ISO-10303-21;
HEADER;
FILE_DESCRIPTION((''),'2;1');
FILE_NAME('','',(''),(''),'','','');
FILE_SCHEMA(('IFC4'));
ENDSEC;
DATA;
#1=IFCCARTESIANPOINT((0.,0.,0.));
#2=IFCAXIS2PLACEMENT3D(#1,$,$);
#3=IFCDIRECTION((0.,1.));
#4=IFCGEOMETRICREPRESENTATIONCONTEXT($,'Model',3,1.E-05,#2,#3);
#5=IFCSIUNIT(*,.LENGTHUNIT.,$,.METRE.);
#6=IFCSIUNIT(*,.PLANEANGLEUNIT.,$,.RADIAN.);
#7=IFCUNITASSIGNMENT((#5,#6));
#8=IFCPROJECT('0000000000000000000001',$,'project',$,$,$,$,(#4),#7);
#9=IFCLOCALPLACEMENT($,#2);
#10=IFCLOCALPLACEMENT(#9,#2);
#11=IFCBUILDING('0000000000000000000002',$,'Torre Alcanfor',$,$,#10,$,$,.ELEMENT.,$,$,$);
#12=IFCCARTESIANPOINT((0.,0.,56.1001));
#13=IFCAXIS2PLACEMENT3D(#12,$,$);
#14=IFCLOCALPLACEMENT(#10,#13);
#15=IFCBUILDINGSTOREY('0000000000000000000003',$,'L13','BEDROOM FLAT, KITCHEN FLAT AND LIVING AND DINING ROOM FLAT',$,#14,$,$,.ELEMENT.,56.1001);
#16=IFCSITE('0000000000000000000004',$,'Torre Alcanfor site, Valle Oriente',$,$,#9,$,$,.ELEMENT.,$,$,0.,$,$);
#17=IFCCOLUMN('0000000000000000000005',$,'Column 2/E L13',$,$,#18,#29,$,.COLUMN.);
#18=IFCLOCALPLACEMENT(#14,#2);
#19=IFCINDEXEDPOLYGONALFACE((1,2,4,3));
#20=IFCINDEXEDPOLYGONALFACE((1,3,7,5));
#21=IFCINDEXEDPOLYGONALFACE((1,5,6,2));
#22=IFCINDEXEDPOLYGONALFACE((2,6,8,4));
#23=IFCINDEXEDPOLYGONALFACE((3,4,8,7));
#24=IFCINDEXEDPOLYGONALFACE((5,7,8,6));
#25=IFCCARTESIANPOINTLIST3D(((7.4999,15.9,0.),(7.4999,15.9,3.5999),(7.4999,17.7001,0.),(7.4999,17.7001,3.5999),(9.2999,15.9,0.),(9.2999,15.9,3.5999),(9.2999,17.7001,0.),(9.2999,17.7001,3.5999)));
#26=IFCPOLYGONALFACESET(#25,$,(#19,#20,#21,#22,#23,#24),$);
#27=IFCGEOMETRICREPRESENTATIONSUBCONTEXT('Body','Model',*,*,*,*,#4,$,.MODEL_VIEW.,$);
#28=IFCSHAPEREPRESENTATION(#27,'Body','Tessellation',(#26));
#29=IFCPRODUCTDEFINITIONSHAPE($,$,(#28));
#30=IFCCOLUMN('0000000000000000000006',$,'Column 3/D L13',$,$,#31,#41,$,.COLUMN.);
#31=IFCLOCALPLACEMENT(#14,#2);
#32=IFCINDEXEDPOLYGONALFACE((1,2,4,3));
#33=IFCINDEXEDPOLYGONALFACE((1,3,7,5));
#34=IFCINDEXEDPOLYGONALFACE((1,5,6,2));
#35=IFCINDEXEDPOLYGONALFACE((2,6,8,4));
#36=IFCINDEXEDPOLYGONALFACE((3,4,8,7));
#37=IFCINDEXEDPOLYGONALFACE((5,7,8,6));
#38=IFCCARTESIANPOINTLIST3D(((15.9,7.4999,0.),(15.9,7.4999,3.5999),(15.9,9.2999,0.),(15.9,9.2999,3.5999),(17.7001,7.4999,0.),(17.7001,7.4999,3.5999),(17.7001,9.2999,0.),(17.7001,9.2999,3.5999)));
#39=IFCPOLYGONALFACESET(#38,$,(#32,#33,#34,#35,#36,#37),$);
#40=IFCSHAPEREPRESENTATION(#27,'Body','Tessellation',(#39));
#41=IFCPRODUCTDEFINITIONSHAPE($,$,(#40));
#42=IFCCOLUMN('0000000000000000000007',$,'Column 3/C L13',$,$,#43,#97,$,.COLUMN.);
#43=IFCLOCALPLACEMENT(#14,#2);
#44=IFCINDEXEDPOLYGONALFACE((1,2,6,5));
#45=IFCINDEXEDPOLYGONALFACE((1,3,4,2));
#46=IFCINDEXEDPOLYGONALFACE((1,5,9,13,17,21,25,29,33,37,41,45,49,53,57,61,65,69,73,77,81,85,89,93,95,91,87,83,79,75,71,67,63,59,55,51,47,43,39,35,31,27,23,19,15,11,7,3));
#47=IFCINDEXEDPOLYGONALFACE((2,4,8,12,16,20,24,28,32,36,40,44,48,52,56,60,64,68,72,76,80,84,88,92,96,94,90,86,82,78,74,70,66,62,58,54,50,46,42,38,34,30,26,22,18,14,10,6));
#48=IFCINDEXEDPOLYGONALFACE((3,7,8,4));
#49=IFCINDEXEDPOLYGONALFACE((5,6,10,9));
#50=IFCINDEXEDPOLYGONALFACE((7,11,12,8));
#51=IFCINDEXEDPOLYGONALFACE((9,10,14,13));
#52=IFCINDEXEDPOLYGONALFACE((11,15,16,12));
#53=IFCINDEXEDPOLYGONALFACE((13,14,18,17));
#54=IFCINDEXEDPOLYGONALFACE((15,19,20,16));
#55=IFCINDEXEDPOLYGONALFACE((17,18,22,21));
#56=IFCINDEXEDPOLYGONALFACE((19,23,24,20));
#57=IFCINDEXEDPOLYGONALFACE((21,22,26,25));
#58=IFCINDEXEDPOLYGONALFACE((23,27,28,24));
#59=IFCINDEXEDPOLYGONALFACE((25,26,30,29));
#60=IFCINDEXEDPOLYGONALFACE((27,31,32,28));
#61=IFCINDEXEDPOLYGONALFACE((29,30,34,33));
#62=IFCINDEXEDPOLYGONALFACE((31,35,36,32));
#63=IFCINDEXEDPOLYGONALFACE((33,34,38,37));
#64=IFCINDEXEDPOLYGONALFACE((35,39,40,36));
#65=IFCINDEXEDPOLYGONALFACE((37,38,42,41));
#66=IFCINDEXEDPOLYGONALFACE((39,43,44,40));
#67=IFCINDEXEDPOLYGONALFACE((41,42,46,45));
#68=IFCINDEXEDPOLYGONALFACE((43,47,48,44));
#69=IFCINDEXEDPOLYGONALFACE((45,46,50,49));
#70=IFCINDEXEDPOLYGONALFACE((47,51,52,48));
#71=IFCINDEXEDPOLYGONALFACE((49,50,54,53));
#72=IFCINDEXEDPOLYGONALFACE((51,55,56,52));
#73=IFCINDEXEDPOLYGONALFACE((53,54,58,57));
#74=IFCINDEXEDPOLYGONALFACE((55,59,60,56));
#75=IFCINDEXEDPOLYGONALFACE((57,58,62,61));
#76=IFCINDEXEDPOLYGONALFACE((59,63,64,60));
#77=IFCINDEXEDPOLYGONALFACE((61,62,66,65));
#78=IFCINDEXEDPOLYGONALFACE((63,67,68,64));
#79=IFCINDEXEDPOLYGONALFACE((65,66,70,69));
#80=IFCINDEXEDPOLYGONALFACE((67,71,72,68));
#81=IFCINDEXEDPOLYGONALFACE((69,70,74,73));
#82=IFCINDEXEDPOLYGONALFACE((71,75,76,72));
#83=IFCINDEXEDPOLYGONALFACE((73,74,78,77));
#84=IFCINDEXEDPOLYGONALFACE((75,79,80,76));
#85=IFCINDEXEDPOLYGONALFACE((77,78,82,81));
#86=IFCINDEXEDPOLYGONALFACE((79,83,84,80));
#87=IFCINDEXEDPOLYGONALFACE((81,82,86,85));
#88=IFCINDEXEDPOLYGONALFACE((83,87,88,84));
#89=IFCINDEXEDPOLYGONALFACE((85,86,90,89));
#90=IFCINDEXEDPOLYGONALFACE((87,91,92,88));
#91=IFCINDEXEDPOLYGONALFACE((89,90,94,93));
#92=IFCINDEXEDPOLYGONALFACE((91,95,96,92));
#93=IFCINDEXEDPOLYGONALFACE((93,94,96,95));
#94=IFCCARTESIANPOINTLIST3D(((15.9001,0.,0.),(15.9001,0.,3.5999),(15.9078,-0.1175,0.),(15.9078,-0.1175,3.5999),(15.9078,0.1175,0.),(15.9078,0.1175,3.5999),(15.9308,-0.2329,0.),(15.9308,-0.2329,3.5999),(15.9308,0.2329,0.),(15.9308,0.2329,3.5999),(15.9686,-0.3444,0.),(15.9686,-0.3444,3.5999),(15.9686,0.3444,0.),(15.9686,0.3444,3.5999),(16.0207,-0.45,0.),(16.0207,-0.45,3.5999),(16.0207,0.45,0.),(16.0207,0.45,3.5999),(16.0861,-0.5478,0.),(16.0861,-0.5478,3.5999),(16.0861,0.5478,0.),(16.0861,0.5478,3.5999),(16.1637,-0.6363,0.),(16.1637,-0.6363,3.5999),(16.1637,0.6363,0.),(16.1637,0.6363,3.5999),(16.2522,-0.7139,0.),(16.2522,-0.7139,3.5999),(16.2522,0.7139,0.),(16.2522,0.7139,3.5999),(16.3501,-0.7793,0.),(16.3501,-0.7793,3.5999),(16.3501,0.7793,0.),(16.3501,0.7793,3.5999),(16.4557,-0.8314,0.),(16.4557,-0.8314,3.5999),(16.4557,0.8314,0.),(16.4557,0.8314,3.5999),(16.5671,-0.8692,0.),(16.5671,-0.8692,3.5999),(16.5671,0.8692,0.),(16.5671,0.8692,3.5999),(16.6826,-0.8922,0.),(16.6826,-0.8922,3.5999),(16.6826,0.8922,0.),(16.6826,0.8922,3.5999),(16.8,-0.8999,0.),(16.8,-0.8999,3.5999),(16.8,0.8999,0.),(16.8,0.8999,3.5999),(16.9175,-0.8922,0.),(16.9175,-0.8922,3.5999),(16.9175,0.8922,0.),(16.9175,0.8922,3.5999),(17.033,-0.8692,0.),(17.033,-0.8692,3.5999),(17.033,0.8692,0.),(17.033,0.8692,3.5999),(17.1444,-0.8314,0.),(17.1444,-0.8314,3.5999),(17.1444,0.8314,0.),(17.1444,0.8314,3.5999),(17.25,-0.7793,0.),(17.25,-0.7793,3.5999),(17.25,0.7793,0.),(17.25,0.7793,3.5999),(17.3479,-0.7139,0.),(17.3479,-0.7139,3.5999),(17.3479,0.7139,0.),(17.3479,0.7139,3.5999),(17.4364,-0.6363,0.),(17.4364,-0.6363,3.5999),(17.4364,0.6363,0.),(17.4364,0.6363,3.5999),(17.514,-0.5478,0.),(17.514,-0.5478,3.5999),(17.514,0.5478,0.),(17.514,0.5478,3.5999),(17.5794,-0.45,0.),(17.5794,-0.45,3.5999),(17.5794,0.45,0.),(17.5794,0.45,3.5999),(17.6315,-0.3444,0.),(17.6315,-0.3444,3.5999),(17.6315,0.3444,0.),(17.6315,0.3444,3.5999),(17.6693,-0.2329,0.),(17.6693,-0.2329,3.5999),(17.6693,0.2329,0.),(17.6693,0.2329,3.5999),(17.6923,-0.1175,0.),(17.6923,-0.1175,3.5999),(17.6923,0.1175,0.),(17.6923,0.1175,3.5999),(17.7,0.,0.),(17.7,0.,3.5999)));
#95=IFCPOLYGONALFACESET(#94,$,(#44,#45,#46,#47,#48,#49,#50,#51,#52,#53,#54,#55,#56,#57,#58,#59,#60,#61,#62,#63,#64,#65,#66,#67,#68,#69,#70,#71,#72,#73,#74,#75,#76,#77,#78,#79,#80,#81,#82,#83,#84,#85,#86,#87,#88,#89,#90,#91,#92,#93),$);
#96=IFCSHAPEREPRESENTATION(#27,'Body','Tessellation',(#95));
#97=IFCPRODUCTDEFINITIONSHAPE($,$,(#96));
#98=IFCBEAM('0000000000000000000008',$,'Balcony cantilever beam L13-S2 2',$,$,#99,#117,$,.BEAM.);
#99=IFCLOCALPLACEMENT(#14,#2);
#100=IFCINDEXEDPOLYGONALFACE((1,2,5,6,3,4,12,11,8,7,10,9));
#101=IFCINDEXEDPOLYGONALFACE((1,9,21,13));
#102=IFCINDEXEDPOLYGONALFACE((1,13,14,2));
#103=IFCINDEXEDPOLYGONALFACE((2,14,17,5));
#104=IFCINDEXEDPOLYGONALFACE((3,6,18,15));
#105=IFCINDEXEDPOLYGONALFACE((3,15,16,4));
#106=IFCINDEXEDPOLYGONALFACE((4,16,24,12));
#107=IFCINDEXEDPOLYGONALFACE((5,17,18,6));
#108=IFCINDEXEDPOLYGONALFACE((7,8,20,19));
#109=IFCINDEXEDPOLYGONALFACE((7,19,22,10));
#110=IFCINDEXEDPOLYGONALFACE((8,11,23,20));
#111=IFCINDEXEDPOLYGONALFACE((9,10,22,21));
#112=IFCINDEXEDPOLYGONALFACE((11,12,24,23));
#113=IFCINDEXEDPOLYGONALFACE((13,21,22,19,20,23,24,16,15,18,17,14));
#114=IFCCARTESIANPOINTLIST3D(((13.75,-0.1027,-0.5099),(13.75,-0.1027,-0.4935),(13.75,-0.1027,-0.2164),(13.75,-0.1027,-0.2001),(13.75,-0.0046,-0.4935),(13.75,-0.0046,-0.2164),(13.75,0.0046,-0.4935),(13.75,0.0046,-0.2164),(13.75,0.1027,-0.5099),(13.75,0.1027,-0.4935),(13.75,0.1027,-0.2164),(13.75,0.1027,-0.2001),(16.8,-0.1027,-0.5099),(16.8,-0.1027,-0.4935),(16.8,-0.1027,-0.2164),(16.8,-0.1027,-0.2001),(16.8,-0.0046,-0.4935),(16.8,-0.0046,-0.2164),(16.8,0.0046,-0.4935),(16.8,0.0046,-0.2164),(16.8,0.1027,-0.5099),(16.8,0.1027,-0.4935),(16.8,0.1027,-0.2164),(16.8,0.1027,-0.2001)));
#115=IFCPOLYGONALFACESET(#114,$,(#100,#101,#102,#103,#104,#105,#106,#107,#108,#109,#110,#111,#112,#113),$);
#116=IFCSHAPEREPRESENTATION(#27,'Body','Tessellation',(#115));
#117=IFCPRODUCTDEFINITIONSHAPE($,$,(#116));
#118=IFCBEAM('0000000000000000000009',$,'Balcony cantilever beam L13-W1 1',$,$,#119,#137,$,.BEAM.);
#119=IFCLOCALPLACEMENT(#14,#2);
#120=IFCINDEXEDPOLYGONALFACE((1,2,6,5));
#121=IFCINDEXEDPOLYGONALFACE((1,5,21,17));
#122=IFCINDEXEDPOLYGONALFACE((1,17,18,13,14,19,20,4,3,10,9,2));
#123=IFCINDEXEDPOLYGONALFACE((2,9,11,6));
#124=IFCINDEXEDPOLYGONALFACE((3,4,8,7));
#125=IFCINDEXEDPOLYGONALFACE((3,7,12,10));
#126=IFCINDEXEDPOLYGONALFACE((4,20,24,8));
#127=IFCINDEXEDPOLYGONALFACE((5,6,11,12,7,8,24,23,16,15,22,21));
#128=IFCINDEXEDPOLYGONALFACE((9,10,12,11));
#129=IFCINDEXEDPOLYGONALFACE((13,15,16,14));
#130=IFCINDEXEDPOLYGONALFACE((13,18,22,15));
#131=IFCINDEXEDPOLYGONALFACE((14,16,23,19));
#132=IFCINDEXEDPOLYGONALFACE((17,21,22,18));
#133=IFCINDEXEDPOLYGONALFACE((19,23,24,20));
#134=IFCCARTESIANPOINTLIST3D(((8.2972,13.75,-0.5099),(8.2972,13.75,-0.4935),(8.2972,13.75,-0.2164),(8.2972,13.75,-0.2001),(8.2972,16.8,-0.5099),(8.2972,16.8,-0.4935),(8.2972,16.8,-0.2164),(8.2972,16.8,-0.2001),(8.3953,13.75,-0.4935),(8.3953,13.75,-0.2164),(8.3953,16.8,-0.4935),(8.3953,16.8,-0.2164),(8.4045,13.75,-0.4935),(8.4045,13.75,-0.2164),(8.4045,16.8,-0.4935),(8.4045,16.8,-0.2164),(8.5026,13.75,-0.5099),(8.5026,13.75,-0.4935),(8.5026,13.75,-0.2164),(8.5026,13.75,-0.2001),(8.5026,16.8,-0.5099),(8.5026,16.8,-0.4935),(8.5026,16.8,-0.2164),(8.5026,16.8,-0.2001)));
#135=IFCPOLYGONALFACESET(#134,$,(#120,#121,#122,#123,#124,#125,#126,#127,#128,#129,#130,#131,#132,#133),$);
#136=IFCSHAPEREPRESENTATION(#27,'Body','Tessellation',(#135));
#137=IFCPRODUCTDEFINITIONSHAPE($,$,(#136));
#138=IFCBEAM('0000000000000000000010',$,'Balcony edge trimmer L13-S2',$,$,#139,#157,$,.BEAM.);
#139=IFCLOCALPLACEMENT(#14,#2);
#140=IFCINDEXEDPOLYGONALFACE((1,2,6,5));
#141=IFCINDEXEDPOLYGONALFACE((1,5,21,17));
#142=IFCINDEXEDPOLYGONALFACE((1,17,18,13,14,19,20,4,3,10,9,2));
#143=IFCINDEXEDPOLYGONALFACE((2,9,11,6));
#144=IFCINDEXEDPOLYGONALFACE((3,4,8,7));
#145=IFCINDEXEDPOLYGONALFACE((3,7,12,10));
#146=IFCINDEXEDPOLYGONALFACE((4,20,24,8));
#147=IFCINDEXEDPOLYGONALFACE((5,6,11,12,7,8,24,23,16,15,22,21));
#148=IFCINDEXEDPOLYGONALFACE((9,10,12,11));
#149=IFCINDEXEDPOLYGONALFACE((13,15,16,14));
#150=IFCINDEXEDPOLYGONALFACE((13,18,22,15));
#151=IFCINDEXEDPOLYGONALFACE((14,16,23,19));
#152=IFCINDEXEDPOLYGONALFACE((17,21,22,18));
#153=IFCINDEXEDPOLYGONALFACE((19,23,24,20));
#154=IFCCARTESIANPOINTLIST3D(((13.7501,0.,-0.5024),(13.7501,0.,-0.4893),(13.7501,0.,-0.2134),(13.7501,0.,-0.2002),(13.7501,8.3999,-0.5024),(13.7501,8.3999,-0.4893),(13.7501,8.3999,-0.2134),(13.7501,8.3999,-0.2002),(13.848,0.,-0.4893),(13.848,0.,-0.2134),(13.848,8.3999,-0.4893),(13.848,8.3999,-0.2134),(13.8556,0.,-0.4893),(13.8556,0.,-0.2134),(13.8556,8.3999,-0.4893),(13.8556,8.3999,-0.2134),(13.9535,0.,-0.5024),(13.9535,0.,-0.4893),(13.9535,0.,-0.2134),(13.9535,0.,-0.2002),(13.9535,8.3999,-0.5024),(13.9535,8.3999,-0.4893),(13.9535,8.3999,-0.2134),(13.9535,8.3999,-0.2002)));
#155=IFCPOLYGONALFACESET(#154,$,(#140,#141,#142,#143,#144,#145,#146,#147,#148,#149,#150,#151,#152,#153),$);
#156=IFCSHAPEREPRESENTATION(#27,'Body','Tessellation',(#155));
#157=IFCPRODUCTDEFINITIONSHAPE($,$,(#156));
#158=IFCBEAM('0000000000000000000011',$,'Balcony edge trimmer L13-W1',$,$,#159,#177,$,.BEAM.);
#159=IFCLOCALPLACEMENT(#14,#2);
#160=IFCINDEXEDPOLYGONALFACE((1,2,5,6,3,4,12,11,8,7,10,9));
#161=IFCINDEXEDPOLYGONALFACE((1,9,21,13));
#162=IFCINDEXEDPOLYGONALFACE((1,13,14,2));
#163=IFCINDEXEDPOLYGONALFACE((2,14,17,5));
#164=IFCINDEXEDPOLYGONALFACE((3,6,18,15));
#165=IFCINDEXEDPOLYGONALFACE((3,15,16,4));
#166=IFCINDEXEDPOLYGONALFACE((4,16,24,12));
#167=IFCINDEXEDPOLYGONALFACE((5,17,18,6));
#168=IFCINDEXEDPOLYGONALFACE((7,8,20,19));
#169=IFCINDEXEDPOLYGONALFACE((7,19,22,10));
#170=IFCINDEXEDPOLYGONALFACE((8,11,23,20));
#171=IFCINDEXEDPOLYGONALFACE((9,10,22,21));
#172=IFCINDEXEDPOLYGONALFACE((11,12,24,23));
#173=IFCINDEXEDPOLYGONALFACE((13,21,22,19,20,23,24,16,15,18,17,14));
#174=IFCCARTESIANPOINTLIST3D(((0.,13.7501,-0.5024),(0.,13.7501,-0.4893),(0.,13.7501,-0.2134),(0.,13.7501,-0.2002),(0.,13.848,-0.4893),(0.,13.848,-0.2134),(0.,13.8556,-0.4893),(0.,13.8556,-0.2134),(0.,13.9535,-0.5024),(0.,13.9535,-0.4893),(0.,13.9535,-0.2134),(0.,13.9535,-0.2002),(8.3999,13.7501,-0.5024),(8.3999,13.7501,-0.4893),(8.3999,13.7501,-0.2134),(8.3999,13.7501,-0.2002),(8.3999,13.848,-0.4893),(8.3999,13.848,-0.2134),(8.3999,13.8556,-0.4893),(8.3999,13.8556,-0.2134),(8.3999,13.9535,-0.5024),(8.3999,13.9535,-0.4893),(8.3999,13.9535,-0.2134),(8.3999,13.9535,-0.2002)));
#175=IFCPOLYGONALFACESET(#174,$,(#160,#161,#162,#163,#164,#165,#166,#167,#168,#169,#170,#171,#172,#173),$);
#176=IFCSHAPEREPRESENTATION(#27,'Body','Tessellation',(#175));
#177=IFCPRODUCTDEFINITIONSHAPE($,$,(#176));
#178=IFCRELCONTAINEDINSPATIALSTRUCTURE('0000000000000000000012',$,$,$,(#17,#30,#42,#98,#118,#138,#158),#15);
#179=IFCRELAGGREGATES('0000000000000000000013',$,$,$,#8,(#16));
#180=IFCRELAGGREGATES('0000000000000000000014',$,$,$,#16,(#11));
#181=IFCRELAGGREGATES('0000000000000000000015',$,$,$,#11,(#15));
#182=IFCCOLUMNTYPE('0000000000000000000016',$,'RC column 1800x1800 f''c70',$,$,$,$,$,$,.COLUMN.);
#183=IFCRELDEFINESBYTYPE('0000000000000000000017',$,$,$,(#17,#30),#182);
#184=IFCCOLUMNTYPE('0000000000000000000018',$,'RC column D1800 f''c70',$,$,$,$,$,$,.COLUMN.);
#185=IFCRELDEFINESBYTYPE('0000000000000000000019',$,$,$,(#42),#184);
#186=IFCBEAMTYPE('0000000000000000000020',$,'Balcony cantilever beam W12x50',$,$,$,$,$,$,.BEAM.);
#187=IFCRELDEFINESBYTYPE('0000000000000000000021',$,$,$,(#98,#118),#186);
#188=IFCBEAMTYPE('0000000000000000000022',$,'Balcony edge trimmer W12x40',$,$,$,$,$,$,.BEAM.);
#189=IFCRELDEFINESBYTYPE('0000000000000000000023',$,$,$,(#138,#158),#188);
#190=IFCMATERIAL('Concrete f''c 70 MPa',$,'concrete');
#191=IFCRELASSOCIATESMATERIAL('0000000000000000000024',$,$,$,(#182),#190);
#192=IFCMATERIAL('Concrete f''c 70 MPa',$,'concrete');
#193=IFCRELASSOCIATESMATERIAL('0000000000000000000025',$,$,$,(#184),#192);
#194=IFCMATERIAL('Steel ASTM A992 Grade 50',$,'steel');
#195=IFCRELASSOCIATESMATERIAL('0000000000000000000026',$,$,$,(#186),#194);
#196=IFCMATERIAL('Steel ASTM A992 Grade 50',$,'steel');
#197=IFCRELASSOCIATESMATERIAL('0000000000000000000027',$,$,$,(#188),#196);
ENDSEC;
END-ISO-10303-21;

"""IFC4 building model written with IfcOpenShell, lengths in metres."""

from ifc_helpers import new_model, si_unit, direction, frame, origin, origin_2d, place, context, subcontext, project, spatial, rectangle, circle, i_section, extrude, material, material_profile, profile_set, type_object, element, save


model = new_model("IFC4")

# Units and contexts
model_context = context("Model", 3, precision=1e-05, world=origin(), true_north=direction((0.0, 1.0)))
body_context = subcontext(model_context, "Body", "Model", "MODEL_VIEW")
ifc_project = project(units=[si_unit("LENGTHUNIT", "METRE"), si_unit("PLANEANGLEUNIT", "RADIAN")], contexts=[model_context])

# Site, building, storey
site_placement = place(None, origin())
site = spatial("IfcSite", under=ifc_project, at=site_placement, Name="Torre Alcanfor site, Valle Oriente", CompositionType="ELEMENT", RefElevation=0.0)
building_placement = place(site_placement, origin())
building = spatial("IfcBuilding", under=site, at=building_placement, Name="Torre Alcanfor", CompositionType="ELEMENT")
storey_placement = place(building_placement, frame((0.0, 0.0, 56.1001)))
storey = spatial("IfcBuildingStorey", under=building, at=storey_placement, Name="L13", Description="BEDROOM FLAT, KITCHEN FLAT AND LIVING AND DINING ROOM FLAT", CompositionType="ELEMENT", Elevation=56.1001)

# Columns
ifc_material_1 = material(Name="Concrete f'c 70 MPa", Category="concrete")
ifc_material_profile_1 = material_profile(ifc_material_1, rectangle(XDim=1.8, YDim=1.8, at=origin_2d()), Name="1800x1800")
ifc_profile_set_1 = profile_set([ifc_material_profile_1], Name="Concrete f'c 70 MPa")
column_type_1 = type_object("IfcColumnType", Name="RC column 1800x1800 f'c70", PredefinedType="COLUMN", material=ifc_profile_set_1)
for number, where, z_axis, x_axis, name in (
    (1, (8.3999, 16.8, 0.0), (0.0, 0.0, 1.0), (1.0, 0.0, 0.0), "Column 2/E L13"),
    (2, (16.8, 8.3999, 0.0), (0.0, 0.0, 1.0), (1.0, 0.0, 0.0), "Column 3/D L13"),
):
    element("IfcColumn", number, at=place(storey_placement, frame(where, z_axis=z_axis, x_axis=x_axis)), inside=storey, type_object=column_type_1, Name=name, PredefinedType="COLUMN", context=body_context, shape_type="SweptSolid", body=[
        extrude(rectangle(XDim=1.8, YDim=1.8, at=origin_2d()), origin(), (0.0, 0.0, 1.0), 3.5999),
    ])
ifc_material_2 = material(Name="Concrete f'c 70 MPa", Category="concrete")
ifc_material_profile_2 = material_profile(ifc_material_2, circle(Radius=0.8999, at=origin_2d()), Name="D1800")
ifc_profile_set_2 = profile_set([ifc_material_profile_2], Name="Concrete f'c 70 MPa")
column_type_2 = type_object("IfcColumnType", Name="RC column D1800 f'c70", PredefinedType="COLUMN", material=ifc_profile_set_2)
column_placement = place(storey_placement, frame((16.8, 0.0, 0.0), z_axis=(0.0, 0.0, 1.0), x_axis=(1.0, 0.0, 0.0)))
element("IfcColumn", 3, at=column_placement, inside=storey, type_object=column_type_2, Name="Column 3/C L13", PredefinedType="COLUMN", context=body_context, shape_type="SweptSolid", body=[
    extrude(circle(Radius=0.8999, at=origin_2d()), origin(), (0.0, 0.0, 1.0), 3.5999),
])

# Beams
ifc_material_3 = material(Name="Steel ASTM A992 Grade 50", Category="steel")
ifc_material_profile_3 = material_profile(ifc_material_3, i_section(OverallWidth=0.2053, OverallDepth=0.3098, WebThickness=0.0093, FlangeThickness=0.0164, at=origin_2d()), Name="W12x50")
ifc_profile_set_3 = profile_set([ifc_material_profile_3], Name="Steel ASTM A992 Grade 50")
beam_type_1 = type_object("IfcBeamType", Name="Balcony cantilever beam W12x50", PredefinedType="BEAM", material=ifc_profile_set_3)
for number, where, z_axis, x_axis, name in (
    (4, (16.8, 0.0, -0.355), (-1.0, 0.0, 0.0), (0.0, -1.0, 0.0), "Balcony cantilever beam L13-S2 2"),
    (5, (8.3999, 16.8, -0.355), (0.0, -1.0, 0.0), (1.0, 0.0, 0.0), "Balcony cantilever beam L13-W1 1"),
):
    element("IfcBeam", number, at=place(storey_placement, frame(where, z_axis=z_axis, x_axis=x_axis)), inside=storey, type_object=beam_type_1, Name=name, PredefinedType="BEAM", context=body_context, shape_type="SweptSolid", body=[
        extrude(i_section(OverallWidth=0.2053, OverallDepth=0.3098, WebThickness=0.0093, FlangeThickness=0.0164, at=origin_2d()), origin(), (0.0, 0.0, 1.0), 3.05),
    ])
ifc_material_4 = material(Name="Steel ASTM A992 Grade 50", Category="steel")
ifc_material_profile_4 = material_profile(ifc_material_4, i_section(OverallWidth=0.2034, OverallDepth=0.3022, WebThickness=0.0076, FlangeThickness=0.0132, at=origin_2d()), Name="W12x40")
ifc_profile_set_4 = profile_set([ifc_material_profile_4], Name="Steel ASTM A992 Grade 50")
beam_type_2 = type_object("IfcBeamType", Name="Balcony edge trimmer W12x40", PredefinedType="BEAM", material=ifc_profile_set_4)
for number, where, z_axis, x_axis, name in (
    (6, (13.8518, 8.3999, -0.3513), (0.0, -1.0, 0.0), (1.0, 0.0, 0.0), "Balcony edge trimmer L13-S2"),
    (7, (8.3999, 13.8518, -0.3513), (-1.0, 0.0, 0.0), (0.0, -1.0, 0.0), "Balcony edge trimmer L13-W1"),
):
    element("IfcBeam", number, at=place(storey_placement, frame(where, z_axis=z_axis, x_axis=x_axis)), inside=storey, type_object=beam_type_2, Name=name, PredefinedType="BEAM", context=body_context, shape_type="SweptSolid", body=[
        extrude(i_section(OverallWidth=0.2034, OverallDepth=0.3022, WebThickness=0.0076, FlangeThickness=0.0132, at=origin_2d()), origin(), (0.0, 0.0, 1.0), 8.3999),
    ])

save(model, "model.ifc")
